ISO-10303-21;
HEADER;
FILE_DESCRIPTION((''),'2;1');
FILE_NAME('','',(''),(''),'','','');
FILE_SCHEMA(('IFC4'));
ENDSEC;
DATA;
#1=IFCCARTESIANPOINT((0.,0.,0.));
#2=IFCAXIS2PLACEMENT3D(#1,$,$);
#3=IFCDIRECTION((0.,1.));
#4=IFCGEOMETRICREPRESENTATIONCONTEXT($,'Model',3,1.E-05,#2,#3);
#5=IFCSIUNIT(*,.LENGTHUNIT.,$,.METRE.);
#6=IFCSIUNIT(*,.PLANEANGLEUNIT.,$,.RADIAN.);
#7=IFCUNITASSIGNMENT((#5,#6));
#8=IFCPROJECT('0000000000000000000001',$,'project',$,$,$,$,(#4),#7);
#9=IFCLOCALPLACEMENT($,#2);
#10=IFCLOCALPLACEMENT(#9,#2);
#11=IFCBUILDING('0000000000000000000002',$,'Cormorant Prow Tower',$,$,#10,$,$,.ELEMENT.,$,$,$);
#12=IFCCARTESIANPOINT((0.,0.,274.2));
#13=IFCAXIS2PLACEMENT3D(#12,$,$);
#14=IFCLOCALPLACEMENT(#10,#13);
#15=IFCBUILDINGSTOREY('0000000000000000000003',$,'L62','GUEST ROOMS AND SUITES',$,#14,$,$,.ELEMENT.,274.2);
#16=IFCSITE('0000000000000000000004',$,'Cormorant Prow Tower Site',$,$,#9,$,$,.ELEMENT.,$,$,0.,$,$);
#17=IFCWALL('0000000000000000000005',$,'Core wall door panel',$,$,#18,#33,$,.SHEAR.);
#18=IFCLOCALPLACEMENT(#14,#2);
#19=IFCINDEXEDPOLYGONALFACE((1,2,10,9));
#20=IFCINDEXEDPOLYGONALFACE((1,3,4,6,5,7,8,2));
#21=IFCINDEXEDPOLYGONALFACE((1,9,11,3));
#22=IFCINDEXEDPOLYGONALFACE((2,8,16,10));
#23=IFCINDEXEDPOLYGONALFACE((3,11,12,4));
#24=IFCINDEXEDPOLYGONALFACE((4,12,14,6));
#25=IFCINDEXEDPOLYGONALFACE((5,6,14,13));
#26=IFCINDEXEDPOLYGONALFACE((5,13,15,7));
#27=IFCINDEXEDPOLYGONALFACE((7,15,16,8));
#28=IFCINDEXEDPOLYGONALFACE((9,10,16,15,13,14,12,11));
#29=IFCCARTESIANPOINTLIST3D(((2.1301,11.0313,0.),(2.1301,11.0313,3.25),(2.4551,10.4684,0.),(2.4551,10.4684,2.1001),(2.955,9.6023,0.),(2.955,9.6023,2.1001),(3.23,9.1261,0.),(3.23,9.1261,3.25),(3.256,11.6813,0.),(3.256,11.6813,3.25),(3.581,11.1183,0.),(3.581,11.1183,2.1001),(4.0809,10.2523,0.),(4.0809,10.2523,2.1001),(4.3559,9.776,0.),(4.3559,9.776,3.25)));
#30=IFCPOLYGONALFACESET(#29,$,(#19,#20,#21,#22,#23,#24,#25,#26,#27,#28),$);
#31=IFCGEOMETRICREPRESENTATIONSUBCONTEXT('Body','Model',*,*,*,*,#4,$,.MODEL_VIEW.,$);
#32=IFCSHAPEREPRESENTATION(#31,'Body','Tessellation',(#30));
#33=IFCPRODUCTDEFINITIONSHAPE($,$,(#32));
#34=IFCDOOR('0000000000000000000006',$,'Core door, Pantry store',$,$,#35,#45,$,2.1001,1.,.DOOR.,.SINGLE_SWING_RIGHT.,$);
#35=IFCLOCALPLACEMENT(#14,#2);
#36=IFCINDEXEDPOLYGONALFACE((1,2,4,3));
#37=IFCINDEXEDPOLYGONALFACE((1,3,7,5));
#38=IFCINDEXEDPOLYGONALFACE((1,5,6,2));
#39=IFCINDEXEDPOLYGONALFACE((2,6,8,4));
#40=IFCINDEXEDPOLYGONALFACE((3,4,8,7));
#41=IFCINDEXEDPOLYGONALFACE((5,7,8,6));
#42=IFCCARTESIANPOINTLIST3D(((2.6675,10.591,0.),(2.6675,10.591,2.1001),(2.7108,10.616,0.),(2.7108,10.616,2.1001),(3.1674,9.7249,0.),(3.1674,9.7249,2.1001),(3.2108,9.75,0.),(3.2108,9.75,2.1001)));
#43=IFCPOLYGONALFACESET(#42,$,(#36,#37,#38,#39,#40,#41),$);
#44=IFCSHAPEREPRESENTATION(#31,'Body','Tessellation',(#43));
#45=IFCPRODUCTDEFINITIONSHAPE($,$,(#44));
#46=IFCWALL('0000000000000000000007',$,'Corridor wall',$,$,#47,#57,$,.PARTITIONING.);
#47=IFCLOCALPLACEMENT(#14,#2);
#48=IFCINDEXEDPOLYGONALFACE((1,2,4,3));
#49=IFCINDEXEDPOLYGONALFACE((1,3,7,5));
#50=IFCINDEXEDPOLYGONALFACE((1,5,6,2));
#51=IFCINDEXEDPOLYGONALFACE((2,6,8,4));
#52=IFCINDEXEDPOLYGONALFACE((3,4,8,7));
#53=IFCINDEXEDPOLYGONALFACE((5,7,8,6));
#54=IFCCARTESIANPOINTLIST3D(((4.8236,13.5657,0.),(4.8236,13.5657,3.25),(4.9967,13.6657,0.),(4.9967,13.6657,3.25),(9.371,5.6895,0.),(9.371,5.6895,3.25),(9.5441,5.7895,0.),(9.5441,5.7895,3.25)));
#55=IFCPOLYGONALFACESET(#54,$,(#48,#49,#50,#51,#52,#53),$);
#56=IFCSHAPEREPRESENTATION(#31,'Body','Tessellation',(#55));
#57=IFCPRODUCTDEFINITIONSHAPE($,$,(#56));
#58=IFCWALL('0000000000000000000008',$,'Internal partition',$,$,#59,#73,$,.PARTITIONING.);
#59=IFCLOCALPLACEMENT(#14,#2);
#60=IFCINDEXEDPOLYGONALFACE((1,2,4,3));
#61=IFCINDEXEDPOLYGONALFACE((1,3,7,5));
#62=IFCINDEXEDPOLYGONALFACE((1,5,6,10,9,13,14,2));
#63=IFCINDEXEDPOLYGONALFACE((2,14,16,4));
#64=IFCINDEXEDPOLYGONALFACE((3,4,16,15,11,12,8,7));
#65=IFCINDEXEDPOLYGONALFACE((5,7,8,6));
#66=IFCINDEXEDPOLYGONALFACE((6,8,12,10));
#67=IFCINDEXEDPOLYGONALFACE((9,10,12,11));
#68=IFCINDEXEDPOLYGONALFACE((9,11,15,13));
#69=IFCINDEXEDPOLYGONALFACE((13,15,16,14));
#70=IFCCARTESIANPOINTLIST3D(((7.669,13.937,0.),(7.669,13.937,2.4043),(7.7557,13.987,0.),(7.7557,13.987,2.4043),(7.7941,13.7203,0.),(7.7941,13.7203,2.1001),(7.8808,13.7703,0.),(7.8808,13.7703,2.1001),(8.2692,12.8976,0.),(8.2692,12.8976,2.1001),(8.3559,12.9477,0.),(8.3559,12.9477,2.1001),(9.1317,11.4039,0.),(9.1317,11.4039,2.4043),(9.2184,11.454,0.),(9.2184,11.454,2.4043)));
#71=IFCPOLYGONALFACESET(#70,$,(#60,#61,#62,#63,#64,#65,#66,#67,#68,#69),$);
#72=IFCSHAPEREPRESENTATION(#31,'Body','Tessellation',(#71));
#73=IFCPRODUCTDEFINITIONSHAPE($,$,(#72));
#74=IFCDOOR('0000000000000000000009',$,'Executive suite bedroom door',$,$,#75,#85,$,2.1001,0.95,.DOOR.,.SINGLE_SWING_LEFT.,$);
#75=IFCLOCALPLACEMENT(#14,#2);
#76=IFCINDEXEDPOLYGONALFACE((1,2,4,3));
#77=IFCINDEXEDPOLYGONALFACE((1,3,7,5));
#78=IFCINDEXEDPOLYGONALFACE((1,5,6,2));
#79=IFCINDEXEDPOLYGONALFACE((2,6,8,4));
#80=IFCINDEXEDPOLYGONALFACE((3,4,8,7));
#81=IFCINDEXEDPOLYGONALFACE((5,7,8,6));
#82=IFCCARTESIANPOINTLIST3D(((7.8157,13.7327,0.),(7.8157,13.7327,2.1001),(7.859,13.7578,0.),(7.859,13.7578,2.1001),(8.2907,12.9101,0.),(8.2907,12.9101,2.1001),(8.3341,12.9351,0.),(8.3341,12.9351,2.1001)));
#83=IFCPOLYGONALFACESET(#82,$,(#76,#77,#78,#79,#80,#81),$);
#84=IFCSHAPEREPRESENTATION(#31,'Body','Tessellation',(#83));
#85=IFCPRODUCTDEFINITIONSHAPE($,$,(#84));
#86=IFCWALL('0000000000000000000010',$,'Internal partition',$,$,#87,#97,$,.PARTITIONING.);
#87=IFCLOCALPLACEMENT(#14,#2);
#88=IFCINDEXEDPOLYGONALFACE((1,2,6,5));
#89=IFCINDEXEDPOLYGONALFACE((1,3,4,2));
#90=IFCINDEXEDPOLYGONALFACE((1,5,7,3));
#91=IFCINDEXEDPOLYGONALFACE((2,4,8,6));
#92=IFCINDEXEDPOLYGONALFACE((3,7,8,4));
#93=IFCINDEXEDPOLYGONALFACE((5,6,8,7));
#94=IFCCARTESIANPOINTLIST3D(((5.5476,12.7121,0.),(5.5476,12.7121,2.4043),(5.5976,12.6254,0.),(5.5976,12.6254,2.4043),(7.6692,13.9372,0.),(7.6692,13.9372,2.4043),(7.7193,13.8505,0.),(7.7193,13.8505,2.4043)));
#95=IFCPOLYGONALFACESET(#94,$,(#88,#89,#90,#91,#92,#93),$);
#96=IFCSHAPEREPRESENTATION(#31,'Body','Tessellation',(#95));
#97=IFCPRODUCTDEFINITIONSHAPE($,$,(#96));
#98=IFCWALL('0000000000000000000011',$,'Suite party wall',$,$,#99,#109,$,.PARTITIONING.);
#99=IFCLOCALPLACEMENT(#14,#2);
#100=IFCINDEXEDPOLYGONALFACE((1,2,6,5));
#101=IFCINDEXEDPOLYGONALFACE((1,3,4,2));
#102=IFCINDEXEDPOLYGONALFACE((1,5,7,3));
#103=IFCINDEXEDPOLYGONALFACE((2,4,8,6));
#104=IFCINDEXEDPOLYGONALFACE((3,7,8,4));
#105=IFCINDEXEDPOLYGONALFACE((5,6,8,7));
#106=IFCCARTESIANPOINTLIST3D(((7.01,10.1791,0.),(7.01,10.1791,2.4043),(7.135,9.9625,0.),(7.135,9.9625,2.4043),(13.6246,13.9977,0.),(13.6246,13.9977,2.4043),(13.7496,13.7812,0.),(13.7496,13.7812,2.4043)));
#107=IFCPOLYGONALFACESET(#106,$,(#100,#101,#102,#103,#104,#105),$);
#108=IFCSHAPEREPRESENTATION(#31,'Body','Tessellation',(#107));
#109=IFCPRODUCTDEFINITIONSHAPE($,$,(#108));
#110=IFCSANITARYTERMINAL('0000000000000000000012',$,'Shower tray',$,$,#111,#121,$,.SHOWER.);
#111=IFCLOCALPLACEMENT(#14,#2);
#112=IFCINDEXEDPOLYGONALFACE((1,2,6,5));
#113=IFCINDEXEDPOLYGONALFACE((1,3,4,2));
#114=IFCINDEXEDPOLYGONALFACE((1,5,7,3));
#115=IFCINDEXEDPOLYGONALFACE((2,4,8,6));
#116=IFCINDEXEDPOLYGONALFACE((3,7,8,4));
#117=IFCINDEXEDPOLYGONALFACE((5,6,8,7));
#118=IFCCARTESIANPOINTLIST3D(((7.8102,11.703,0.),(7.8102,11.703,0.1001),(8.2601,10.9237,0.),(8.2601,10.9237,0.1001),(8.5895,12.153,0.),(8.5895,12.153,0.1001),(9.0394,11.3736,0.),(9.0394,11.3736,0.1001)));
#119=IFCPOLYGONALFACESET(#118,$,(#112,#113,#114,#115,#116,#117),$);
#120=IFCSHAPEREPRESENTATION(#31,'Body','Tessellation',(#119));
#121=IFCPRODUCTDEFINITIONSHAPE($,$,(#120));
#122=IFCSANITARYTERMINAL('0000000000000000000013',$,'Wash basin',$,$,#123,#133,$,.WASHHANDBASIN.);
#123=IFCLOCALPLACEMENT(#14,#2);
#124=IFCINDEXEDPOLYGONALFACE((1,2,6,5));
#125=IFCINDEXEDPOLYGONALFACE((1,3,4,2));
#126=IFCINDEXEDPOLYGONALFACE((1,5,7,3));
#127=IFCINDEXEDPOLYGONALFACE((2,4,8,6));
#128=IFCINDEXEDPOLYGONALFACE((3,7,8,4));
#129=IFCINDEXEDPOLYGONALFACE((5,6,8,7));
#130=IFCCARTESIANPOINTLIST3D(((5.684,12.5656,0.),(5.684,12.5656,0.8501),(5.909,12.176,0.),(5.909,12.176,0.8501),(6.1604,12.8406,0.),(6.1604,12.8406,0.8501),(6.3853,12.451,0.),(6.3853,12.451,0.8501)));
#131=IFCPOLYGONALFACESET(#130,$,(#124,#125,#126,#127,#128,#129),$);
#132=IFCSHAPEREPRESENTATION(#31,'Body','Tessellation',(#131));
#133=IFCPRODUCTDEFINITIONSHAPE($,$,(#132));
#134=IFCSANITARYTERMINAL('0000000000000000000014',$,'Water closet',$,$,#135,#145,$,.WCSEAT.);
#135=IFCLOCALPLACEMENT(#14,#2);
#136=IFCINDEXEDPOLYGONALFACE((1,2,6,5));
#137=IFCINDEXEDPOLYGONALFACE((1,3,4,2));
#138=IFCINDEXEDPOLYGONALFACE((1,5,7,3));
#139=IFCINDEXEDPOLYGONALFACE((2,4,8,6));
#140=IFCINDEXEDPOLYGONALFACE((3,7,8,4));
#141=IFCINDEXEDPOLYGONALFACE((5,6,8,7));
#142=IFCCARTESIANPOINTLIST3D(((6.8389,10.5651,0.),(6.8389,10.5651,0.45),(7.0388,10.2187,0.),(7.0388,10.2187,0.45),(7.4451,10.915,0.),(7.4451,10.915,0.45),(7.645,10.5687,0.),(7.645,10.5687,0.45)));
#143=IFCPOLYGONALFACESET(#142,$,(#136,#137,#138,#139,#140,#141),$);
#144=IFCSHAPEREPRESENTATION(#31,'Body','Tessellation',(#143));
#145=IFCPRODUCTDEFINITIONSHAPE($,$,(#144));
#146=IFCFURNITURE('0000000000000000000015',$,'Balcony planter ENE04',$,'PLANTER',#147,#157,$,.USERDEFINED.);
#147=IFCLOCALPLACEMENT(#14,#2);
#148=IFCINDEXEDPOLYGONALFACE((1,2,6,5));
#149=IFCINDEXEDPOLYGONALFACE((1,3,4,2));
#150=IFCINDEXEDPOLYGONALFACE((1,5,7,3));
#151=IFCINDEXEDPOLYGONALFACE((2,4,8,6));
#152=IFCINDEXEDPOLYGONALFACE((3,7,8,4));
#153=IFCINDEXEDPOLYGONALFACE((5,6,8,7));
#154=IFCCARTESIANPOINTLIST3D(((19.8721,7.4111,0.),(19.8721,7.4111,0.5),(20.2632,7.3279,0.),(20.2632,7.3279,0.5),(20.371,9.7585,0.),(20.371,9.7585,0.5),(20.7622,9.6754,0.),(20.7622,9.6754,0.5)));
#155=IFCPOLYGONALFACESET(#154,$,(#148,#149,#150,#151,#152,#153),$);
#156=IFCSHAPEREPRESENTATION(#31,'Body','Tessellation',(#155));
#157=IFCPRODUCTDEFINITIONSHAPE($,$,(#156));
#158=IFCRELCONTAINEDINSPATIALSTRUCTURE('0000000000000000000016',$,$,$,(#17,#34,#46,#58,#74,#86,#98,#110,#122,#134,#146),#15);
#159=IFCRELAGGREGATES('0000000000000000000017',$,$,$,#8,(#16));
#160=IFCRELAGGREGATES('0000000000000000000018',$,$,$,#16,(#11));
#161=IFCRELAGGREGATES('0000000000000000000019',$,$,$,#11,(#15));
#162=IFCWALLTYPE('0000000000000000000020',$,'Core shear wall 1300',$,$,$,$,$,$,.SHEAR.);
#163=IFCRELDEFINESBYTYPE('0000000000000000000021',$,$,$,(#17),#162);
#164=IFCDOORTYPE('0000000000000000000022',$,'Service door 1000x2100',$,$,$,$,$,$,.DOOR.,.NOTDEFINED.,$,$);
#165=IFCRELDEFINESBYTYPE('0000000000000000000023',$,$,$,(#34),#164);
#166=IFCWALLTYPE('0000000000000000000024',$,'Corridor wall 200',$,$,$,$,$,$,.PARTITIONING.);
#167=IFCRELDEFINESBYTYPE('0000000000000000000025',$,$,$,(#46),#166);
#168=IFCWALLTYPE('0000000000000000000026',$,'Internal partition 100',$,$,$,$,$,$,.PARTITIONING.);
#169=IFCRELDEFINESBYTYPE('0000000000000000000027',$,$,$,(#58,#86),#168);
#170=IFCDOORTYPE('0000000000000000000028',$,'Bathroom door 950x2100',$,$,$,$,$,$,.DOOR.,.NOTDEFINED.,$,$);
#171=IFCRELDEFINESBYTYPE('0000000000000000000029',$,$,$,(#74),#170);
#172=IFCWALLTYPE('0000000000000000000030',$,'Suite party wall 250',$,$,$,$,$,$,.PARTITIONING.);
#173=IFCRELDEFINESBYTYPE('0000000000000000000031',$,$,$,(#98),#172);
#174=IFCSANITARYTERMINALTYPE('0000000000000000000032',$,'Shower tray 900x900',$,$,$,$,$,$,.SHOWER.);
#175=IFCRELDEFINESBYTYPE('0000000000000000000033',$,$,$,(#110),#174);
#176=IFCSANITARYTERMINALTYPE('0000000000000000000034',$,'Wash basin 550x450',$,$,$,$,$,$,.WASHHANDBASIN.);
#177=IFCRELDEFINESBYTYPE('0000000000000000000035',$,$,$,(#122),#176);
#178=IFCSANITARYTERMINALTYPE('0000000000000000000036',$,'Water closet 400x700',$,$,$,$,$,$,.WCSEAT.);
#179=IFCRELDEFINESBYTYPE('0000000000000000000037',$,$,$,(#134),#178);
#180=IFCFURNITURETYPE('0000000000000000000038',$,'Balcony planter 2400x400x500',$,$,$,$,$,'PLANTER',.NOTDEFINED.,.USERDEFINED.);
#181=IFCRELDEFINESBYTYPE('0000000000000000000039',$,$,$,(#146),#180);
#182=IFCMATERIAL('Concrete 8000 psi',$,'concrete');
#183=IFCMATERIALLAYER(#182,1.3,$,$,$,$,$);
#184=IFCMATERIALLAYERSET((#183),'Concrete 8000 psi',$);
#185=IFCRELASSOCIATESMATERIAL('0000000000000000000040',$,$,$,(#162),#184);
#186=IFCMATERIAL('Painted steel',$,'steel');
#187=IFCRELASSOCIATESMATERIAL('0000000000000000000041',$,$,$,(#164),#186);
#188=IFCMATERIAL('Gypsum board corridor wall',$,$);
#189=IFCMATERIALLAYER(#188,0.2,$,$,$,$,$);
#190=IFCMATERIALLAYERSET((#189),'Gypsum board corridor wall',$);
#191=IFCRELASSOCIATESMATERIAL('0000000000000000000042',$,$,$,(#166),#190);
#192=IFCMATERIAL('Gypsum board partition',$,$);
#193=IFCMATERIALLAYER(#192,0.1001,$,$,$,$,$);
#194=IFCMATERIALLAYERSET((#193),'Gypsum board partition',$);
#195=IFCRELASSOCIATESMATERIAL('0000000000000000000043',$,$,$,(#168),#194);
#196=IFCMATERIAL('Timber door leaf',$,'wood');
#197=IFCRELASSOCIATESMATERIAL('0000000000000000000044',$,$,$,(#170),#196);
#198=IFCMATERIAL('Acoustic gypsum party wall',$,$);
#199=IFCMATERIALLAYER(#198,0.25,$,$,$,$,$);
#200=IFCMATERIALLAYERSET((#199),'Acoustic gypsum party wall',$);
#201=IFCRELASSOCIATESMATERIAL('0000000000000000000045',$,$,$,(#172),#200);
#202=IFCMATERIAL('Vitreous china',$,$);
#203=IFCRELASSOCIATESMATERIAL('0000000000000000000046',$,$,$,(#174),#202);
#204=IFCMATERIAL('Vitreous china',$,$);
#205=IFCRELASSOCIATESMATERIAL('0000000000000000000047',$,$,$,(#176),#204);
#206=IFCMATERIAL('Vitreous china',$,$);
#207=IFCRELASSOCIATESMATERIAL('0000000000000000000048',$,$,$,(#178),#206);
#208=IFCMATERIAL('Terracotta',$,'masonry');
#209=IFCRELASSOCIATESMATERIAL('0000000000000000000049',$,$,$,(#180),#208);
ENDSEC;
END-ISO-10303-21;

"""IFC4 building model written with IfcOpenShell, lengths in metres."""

from ifc_helpers import new_model, si_unit, direction, frame, frame_2d, origin, origin_2d, place, context, subcontext, project, spatial, rectangle, extrude, material, layer, layer_set, type_object, element, fill, save


model = new_model("IFC4")

# Units and contexts
model_context = context("Model", 3, precision=1e-05, world=origin(), true_north=direction((0.0, 1.0)))
body_context = subcontext(model_context, "Body", "Model", "MODEL_VIEW")
ifc_project = project(units=[si_unit("LENGTHUNIT", "METRE"), si_unit("PLANEANGLEUNIT", "RADIAN")], contexts=[model_context])

# Site, building, storey
site_placement = place(None, origin())
site = spatial("IfcSite", under=ifc_project, at=site_placement, Name="Cormorant Prow Tower Site", CompositionType="ELEMENT", RefElevation=0.0)
building_placement = place(site_placement, origin())
building = spatial("IfcBuilding", under=site, at=building_placement, Name="Cormorant Prow Tower", CompositionType="ELEMENT")
storey_placement = place(building_placement, frame((0.0, 0.0, 274.2)))
storey = spatial("IfcBuildingStorey", under=building, at=storey_placement, Name="L62", Description="GUEST ROOMS AND SUITES", CompositionType="ELEMENT", Elevation=274.2)

# Shared definitions
ifc_material_1 = material(Name="Concrete 8000 psi", Category="concrete")
ifc_layer_1 = layer(ifc_material_1, 1.3)
ifc_layer_set_1 = layer_set([ifc_layer_1], Name="Concrete 8000 psi")
wall_type_1 = type_object("IfcWallType", Name="Core shear wall 1300", PredefinedType="SHEAR", material=ifc_layer_set_1)

# Wall, opening, door
wall_1_placement = place(storey_placement, frame((3.793, 9.4509, 0.0), z_axis=(0.0, 0.0, 1.0), x_axis=(-0.499947, 0.866056, 0.0)))
wall_1 = element("IfcWall", 1, at=wall_1_placement, inside=storey, type_object=wall_type_1, Name="Core wall door panel", PredefinedType="SHEAR", context=body_context, shape_type="SweptSolid", body=[
    extrude(rectangle(XDim=2.2, YDim=1.3, at=frame_2d((1.1001, 0.0))), origin(), (0.0, 0.0, 1.0), 3.25),
])
opening_1_placement = place(wall_1_placement, frame((0.55, 0.0, 0.0)))
opening_1 = element("IfcOpeningElement", 2, at=opening_1_placement, cuts=wall_1, PredefinedType="OPENING", context=body_context, shape_type="SweptSolid", body=[
    extrude(rectangle(XDim=1.0, YDim=2.1001, at=frame_2d((0.5, 1.05))), frame((0.0, 0.6599, 0.0), z_axis=(0.0, -1.0, 0.0), x_axis=(1.0, 0.0, 0.0)), (0.0, 0.0, 1.0), 1.3201),
])
ifc_material_2 = material(Name="Painted steel", Category="steel")
door_type_1 = type_object("IfcDoorType", Name="Service door 1000x2100", OperationType="NOTDEFINED", PredefinedType="DOOR", material=ifc_material_2)
door_1_placement = place(opening_1_placement, origin())
door_1 = element("IfcDoor", 3, at=door_1_placement, inside=storey, type_object=door_type_1, Name="Core door, Pantry store", OperationType="SINGLE_SWING_RIGHT", OverallHeight=2.1001, OverallWidth=1.0, PredefinedType="DOOR", context=body_context, shape_type="SweptSolid", body=[
    extrude(rectangle(XDim=1.0, YDim=2.1001, at=frame_2d((0.5, 1.05))), frame((0.0, 0.4048, 0.0), z_axis=(0.0, -1.0, 0.0), x_axis=(1.0, 0.0, 0.0)), (0.0, 0.0, 1.0), 0.05),
])
fill(opening_1, door_1)

# Wall
ifc_material_3 = material(Name="Gypsum board corridor wall")
ifc_layer_2 = layer(ifc_material_3, 0.2)
ifc_layer_set_2 = layer_set([ifc_layer_2], Name="Gypsum board corridor wall")
wall_type_2 = type_object("IfcWallType", Name="Corridor wall 200", PredefinedType="PARTITIONING", material=ifc_layer_set_2)
wall_2_placement = place(storey_placement, frame((4.9102, 13.6157, 0.0), z_axis=(0.0, 0.0, 1.0), x_axis=(0.500002, -0.866024, 0.0)))
element("IfcWall", 4, at=wall_2_placement, inside=storey, type_object=wall_type_2, Name="Corridor wall", PredefinedType="PARTITIONING", context=body_context, shape_type="SweptSolid", body=[
    extrude(rectangle(XDim=9.0947, YDim=0.2, at=frame_2d((4.5474, 0.0))), origin(), (0.0, 0.0, 1.0), 3.25),
])

# Wall, opening, door
ifc_material_4 = material(Name="Gypsum board partition")
ifc_layer_3 = layer(ifc_material_4, 0.1001)
ifc_layer_set_3 = layer_set([ifc_layer_3], Name="Gypsum board partition")
wall_type_3 = type_object("IfcWallType", Name="Internal partition 100", PredefinedType="PARTITIONING", material=ifc_layer_set_3)
wall_3_placement = place(storey_placement, frame((7.7124, 13.9619, 0.0), z_axis=(0.0, 0.0, 1.0), x_axis=(0.500062, -0.86599, 0.0)))
wall_3 = element("IfcWall", 5, at=wall_3_placement, inside=storey, type_object=wall_type_3, Name="Internal partition", PredefinedType="PARTITIONING", context=body_context, shape_type="SweptSolid", body=[
    extrude(rectangle(XDim=2.925, YDim=0.1001, at=frame_2d((1.4624, 0.0))), origin(), (0.0, 0.0, 1.0), 2.4043),
])
opening_2_placement = place(wall_3_placement, frame((0.25, 0.0, 0.0)))
opening_2 = element("IfcOpeningElement", 6, at=opening_2_placement, cuts=wall_3, PredefinedType="OPENING", context=body_context, shape_type="SweptSolid", body=[
    extrude(rectangle(XDim=0.95, YDim=2.1001, at=frame_2d((0.4751, 1.05))), frame((0.0, 0.0601, 0.0), z_axis=(0.0, -1.0, 0.0), x_axis=(1.0, 0.0, 0.0)), (0.0, 0.0, 1.0), 0.1201),
])
ifc_material_5 = material(Name="Timber door leaf", Category="wood")
door_type_2 = type_object("IfcDoorType", Name="Bathroom door 950x2100", OperationType="NOTDEFINED", PredefinedType="DOOR", material=ifc_material_5)
door_2_placement = place(opening_2_placement, origin())
door_2 = element("IfcDoor", 7, at=door_2_placement, inside=storey, type_object=door_type_2, Name="Executive suite bedroom door", OperationType="SINGLE_SWING_LEFT", OverallHeight=2.1001, OverallWidth=0.95, PredefinedType="DOOR", context=body_context, shape_type="SweptSolid", body=[
    extrude(rectangle(XDim=0.95, YDim=2.1001, at=frame_2d((0.4751, 1.05))), frame((0.0, 0.0249, 0.0), z_axis=(0.0, -1.0, 0.0), x_axis=(1.0, 0.0, 0.0)), (0.0, 0.0, 1.0), 0.05),
])
fill(opening_2, door_2)

# Walls
wall_4_placement = place(storey_placement, frame((5.5725, 12.6687, 0.0), z_axis=(0.0, 0.0, 1.0), x_axis=(0.86599, 0.500062, 0.0)))
element("IfcWall", 8, at=wall_4_placement, inside=storey, type_object=wall_type_3, Name="Internal partition", PredefinedType="PARTITIONING", context=body_context, shape_type="SweptSolid", body=[
    extrude(rectangle(XDim=2.45, YDim=0.1001, at=frame_2d((1.2251, 0.0))), origin(), (0.0, 0.0, 1.0), 2.4043),
])
ifc_material_6 = material(Name="Acoustic gypsum party wall")
ifc_layer_4 = layer(ifc_material_6, 0.25)
ifc_layer_set_4 = layer_set([ifc_layer_4], Name="Acoustic gypsum party wall")
wall_type_4 = type_object("IfcWallType", Name="Suite party wall 250", PredefinedType="PARTITIONING", material=ifc_layer_set_4)
wall_5_placement = place(storey_placement, frame((7.0725, 10.0708, 0.0), z_axis=(0.0, 0.0, 1.0), x_axis=(0.866041, 0.499972, 0.0)))
element("IfcWall", 9, at=wall_5_placement, inside=storey, type_object=wall_type_4, Name="Suite party wall", PredefinedType="PARTITIONING", context=body_context, shape_type="SweptSolid", body=[
    extrude(rectangle(XDim=7.6377, YDim=0.25, at=frame_2d((3.8188, 0.0))), origin(), (0.0, 0.0, 1.0), 2.4043),
])

# Sanitary terminals
ifc_material_7 = material(Name="Vitreous china")
sanitary_terminal_type_1 = type_object("IfcSanitaryTerminalType", Name="Shower tray 900x900", PredefinedType="SHOWER", material=ifc_material_7)
sanitary_terminal_1_placement = place(storey_placement, frame((8.4248, 11.5383, 0.0), z_axis=(0.0, 0.0, 1.0), x_axis=(-0.866025, -0.5, 0.0)))
element("IfcSanitaryTerminal", 10, at=sanitary_terminal_1_placement, inside=storey, type_object=sanitary_terminal_type_1, Name="Shower tray", PredefinedType="SHOWER", context=body_context, shape_type="SweptSolid", body=[
    extrude(rectangle(XDim=0.8999, YDim=0.8999, at=origin_2d()), origin(), (0.0, 0.0, 1.0), 0.1001),
])
ifc_material_8 = material(Name="Vitreous china")
sanitary_terminal_type_2 = type_object("IfcSanitaryTerminalType", Name="Wash basin 550x450", PredefinedType="WASHHANDBASIN", material=ifc_material_8)
sanitary_terminal_2_placement = place(storey_placement, frame((6.0347, 12.5083, 0.0), z_axis=(0.0, 0.0, 1.0), x_axis=(0.866025, 0.5, 0.0)))
element("IfcSanitaryTerminal", 11, at=sanitary_terminal_2_placement, inside=storey, type_object=sanitary_terminal_type_2, Name="Wash basin", PredefinedType="WASHHANDBASIN", context=body_context, shape_type="SweptSolid", body=[
    extrude(rectangle(XDim=0.55, YDim=0.45, at=origin_2d()), origin(), (0.0, 0.0, 1.0), 0.8501),
])
ifc_material_9 = material(Name="Vitreous china")
sanitary_terminal_type_3 = type_object("IfcSanitaryTerminalType", Name="Water closet 400x700", PredefinedType="WCSEAT", material=ifc_material_9)
sanitary_terminal_3_placement = place(storey_placement, frame((7.2419, 10.5669, 0.0), z_axis=(0.0, 0.0, 1.0), x_axis=(-0.5, 0.866025, 0.0)))
element("IfcSanitaryTerminal", 12, at=sanitary_terminal_3_placement, inside=storey, type_object=sanitary_terminal_type_3, Name="Water closet", PredefinedType="WCSEAT", context=body_context, shape_type="SweptSolid", body=[
    extrude(rectangle(XDim=0.3999, YDim=0.7, at=origin_2d()), origin(), (0.0, 0.0, 1.0), 0.45),
])

# Furniture
ifc_material_10 = material(Name="Terracotta", Category="masonry")
furniture_type = type_object("IfcFurnitureType", Name="Balcony planter 2400x400x500", ElementType="PLANTER", AssemblyPlace="NOTDEFINED", PredefinedType="USERDEFINED", material=ifc_material_10)
furniture_placement = place(storey_placement, frame((20.3171, 8.5432, 0.0), z_axis=(0.0, 0.0, 1.0), x_axis=(0.207912, 0.978148, 0.0)))
element("IfcFurniture", 13, at=furniture_placement, inside=storey, type_object=furniture_type, Name="Balcony planter ENE04", ObjectType="PLANTER", PredefinedType="USERDEFINED", context=body_context, shape_type="SweptSolid", body=[
    extrude(rectangle(XDim=2.3999, YDim=0.3999, at=origin_2d()), origin(), (0.0, 0.0, 1.0), 0.5),
])

save(model, "model.ifc")
